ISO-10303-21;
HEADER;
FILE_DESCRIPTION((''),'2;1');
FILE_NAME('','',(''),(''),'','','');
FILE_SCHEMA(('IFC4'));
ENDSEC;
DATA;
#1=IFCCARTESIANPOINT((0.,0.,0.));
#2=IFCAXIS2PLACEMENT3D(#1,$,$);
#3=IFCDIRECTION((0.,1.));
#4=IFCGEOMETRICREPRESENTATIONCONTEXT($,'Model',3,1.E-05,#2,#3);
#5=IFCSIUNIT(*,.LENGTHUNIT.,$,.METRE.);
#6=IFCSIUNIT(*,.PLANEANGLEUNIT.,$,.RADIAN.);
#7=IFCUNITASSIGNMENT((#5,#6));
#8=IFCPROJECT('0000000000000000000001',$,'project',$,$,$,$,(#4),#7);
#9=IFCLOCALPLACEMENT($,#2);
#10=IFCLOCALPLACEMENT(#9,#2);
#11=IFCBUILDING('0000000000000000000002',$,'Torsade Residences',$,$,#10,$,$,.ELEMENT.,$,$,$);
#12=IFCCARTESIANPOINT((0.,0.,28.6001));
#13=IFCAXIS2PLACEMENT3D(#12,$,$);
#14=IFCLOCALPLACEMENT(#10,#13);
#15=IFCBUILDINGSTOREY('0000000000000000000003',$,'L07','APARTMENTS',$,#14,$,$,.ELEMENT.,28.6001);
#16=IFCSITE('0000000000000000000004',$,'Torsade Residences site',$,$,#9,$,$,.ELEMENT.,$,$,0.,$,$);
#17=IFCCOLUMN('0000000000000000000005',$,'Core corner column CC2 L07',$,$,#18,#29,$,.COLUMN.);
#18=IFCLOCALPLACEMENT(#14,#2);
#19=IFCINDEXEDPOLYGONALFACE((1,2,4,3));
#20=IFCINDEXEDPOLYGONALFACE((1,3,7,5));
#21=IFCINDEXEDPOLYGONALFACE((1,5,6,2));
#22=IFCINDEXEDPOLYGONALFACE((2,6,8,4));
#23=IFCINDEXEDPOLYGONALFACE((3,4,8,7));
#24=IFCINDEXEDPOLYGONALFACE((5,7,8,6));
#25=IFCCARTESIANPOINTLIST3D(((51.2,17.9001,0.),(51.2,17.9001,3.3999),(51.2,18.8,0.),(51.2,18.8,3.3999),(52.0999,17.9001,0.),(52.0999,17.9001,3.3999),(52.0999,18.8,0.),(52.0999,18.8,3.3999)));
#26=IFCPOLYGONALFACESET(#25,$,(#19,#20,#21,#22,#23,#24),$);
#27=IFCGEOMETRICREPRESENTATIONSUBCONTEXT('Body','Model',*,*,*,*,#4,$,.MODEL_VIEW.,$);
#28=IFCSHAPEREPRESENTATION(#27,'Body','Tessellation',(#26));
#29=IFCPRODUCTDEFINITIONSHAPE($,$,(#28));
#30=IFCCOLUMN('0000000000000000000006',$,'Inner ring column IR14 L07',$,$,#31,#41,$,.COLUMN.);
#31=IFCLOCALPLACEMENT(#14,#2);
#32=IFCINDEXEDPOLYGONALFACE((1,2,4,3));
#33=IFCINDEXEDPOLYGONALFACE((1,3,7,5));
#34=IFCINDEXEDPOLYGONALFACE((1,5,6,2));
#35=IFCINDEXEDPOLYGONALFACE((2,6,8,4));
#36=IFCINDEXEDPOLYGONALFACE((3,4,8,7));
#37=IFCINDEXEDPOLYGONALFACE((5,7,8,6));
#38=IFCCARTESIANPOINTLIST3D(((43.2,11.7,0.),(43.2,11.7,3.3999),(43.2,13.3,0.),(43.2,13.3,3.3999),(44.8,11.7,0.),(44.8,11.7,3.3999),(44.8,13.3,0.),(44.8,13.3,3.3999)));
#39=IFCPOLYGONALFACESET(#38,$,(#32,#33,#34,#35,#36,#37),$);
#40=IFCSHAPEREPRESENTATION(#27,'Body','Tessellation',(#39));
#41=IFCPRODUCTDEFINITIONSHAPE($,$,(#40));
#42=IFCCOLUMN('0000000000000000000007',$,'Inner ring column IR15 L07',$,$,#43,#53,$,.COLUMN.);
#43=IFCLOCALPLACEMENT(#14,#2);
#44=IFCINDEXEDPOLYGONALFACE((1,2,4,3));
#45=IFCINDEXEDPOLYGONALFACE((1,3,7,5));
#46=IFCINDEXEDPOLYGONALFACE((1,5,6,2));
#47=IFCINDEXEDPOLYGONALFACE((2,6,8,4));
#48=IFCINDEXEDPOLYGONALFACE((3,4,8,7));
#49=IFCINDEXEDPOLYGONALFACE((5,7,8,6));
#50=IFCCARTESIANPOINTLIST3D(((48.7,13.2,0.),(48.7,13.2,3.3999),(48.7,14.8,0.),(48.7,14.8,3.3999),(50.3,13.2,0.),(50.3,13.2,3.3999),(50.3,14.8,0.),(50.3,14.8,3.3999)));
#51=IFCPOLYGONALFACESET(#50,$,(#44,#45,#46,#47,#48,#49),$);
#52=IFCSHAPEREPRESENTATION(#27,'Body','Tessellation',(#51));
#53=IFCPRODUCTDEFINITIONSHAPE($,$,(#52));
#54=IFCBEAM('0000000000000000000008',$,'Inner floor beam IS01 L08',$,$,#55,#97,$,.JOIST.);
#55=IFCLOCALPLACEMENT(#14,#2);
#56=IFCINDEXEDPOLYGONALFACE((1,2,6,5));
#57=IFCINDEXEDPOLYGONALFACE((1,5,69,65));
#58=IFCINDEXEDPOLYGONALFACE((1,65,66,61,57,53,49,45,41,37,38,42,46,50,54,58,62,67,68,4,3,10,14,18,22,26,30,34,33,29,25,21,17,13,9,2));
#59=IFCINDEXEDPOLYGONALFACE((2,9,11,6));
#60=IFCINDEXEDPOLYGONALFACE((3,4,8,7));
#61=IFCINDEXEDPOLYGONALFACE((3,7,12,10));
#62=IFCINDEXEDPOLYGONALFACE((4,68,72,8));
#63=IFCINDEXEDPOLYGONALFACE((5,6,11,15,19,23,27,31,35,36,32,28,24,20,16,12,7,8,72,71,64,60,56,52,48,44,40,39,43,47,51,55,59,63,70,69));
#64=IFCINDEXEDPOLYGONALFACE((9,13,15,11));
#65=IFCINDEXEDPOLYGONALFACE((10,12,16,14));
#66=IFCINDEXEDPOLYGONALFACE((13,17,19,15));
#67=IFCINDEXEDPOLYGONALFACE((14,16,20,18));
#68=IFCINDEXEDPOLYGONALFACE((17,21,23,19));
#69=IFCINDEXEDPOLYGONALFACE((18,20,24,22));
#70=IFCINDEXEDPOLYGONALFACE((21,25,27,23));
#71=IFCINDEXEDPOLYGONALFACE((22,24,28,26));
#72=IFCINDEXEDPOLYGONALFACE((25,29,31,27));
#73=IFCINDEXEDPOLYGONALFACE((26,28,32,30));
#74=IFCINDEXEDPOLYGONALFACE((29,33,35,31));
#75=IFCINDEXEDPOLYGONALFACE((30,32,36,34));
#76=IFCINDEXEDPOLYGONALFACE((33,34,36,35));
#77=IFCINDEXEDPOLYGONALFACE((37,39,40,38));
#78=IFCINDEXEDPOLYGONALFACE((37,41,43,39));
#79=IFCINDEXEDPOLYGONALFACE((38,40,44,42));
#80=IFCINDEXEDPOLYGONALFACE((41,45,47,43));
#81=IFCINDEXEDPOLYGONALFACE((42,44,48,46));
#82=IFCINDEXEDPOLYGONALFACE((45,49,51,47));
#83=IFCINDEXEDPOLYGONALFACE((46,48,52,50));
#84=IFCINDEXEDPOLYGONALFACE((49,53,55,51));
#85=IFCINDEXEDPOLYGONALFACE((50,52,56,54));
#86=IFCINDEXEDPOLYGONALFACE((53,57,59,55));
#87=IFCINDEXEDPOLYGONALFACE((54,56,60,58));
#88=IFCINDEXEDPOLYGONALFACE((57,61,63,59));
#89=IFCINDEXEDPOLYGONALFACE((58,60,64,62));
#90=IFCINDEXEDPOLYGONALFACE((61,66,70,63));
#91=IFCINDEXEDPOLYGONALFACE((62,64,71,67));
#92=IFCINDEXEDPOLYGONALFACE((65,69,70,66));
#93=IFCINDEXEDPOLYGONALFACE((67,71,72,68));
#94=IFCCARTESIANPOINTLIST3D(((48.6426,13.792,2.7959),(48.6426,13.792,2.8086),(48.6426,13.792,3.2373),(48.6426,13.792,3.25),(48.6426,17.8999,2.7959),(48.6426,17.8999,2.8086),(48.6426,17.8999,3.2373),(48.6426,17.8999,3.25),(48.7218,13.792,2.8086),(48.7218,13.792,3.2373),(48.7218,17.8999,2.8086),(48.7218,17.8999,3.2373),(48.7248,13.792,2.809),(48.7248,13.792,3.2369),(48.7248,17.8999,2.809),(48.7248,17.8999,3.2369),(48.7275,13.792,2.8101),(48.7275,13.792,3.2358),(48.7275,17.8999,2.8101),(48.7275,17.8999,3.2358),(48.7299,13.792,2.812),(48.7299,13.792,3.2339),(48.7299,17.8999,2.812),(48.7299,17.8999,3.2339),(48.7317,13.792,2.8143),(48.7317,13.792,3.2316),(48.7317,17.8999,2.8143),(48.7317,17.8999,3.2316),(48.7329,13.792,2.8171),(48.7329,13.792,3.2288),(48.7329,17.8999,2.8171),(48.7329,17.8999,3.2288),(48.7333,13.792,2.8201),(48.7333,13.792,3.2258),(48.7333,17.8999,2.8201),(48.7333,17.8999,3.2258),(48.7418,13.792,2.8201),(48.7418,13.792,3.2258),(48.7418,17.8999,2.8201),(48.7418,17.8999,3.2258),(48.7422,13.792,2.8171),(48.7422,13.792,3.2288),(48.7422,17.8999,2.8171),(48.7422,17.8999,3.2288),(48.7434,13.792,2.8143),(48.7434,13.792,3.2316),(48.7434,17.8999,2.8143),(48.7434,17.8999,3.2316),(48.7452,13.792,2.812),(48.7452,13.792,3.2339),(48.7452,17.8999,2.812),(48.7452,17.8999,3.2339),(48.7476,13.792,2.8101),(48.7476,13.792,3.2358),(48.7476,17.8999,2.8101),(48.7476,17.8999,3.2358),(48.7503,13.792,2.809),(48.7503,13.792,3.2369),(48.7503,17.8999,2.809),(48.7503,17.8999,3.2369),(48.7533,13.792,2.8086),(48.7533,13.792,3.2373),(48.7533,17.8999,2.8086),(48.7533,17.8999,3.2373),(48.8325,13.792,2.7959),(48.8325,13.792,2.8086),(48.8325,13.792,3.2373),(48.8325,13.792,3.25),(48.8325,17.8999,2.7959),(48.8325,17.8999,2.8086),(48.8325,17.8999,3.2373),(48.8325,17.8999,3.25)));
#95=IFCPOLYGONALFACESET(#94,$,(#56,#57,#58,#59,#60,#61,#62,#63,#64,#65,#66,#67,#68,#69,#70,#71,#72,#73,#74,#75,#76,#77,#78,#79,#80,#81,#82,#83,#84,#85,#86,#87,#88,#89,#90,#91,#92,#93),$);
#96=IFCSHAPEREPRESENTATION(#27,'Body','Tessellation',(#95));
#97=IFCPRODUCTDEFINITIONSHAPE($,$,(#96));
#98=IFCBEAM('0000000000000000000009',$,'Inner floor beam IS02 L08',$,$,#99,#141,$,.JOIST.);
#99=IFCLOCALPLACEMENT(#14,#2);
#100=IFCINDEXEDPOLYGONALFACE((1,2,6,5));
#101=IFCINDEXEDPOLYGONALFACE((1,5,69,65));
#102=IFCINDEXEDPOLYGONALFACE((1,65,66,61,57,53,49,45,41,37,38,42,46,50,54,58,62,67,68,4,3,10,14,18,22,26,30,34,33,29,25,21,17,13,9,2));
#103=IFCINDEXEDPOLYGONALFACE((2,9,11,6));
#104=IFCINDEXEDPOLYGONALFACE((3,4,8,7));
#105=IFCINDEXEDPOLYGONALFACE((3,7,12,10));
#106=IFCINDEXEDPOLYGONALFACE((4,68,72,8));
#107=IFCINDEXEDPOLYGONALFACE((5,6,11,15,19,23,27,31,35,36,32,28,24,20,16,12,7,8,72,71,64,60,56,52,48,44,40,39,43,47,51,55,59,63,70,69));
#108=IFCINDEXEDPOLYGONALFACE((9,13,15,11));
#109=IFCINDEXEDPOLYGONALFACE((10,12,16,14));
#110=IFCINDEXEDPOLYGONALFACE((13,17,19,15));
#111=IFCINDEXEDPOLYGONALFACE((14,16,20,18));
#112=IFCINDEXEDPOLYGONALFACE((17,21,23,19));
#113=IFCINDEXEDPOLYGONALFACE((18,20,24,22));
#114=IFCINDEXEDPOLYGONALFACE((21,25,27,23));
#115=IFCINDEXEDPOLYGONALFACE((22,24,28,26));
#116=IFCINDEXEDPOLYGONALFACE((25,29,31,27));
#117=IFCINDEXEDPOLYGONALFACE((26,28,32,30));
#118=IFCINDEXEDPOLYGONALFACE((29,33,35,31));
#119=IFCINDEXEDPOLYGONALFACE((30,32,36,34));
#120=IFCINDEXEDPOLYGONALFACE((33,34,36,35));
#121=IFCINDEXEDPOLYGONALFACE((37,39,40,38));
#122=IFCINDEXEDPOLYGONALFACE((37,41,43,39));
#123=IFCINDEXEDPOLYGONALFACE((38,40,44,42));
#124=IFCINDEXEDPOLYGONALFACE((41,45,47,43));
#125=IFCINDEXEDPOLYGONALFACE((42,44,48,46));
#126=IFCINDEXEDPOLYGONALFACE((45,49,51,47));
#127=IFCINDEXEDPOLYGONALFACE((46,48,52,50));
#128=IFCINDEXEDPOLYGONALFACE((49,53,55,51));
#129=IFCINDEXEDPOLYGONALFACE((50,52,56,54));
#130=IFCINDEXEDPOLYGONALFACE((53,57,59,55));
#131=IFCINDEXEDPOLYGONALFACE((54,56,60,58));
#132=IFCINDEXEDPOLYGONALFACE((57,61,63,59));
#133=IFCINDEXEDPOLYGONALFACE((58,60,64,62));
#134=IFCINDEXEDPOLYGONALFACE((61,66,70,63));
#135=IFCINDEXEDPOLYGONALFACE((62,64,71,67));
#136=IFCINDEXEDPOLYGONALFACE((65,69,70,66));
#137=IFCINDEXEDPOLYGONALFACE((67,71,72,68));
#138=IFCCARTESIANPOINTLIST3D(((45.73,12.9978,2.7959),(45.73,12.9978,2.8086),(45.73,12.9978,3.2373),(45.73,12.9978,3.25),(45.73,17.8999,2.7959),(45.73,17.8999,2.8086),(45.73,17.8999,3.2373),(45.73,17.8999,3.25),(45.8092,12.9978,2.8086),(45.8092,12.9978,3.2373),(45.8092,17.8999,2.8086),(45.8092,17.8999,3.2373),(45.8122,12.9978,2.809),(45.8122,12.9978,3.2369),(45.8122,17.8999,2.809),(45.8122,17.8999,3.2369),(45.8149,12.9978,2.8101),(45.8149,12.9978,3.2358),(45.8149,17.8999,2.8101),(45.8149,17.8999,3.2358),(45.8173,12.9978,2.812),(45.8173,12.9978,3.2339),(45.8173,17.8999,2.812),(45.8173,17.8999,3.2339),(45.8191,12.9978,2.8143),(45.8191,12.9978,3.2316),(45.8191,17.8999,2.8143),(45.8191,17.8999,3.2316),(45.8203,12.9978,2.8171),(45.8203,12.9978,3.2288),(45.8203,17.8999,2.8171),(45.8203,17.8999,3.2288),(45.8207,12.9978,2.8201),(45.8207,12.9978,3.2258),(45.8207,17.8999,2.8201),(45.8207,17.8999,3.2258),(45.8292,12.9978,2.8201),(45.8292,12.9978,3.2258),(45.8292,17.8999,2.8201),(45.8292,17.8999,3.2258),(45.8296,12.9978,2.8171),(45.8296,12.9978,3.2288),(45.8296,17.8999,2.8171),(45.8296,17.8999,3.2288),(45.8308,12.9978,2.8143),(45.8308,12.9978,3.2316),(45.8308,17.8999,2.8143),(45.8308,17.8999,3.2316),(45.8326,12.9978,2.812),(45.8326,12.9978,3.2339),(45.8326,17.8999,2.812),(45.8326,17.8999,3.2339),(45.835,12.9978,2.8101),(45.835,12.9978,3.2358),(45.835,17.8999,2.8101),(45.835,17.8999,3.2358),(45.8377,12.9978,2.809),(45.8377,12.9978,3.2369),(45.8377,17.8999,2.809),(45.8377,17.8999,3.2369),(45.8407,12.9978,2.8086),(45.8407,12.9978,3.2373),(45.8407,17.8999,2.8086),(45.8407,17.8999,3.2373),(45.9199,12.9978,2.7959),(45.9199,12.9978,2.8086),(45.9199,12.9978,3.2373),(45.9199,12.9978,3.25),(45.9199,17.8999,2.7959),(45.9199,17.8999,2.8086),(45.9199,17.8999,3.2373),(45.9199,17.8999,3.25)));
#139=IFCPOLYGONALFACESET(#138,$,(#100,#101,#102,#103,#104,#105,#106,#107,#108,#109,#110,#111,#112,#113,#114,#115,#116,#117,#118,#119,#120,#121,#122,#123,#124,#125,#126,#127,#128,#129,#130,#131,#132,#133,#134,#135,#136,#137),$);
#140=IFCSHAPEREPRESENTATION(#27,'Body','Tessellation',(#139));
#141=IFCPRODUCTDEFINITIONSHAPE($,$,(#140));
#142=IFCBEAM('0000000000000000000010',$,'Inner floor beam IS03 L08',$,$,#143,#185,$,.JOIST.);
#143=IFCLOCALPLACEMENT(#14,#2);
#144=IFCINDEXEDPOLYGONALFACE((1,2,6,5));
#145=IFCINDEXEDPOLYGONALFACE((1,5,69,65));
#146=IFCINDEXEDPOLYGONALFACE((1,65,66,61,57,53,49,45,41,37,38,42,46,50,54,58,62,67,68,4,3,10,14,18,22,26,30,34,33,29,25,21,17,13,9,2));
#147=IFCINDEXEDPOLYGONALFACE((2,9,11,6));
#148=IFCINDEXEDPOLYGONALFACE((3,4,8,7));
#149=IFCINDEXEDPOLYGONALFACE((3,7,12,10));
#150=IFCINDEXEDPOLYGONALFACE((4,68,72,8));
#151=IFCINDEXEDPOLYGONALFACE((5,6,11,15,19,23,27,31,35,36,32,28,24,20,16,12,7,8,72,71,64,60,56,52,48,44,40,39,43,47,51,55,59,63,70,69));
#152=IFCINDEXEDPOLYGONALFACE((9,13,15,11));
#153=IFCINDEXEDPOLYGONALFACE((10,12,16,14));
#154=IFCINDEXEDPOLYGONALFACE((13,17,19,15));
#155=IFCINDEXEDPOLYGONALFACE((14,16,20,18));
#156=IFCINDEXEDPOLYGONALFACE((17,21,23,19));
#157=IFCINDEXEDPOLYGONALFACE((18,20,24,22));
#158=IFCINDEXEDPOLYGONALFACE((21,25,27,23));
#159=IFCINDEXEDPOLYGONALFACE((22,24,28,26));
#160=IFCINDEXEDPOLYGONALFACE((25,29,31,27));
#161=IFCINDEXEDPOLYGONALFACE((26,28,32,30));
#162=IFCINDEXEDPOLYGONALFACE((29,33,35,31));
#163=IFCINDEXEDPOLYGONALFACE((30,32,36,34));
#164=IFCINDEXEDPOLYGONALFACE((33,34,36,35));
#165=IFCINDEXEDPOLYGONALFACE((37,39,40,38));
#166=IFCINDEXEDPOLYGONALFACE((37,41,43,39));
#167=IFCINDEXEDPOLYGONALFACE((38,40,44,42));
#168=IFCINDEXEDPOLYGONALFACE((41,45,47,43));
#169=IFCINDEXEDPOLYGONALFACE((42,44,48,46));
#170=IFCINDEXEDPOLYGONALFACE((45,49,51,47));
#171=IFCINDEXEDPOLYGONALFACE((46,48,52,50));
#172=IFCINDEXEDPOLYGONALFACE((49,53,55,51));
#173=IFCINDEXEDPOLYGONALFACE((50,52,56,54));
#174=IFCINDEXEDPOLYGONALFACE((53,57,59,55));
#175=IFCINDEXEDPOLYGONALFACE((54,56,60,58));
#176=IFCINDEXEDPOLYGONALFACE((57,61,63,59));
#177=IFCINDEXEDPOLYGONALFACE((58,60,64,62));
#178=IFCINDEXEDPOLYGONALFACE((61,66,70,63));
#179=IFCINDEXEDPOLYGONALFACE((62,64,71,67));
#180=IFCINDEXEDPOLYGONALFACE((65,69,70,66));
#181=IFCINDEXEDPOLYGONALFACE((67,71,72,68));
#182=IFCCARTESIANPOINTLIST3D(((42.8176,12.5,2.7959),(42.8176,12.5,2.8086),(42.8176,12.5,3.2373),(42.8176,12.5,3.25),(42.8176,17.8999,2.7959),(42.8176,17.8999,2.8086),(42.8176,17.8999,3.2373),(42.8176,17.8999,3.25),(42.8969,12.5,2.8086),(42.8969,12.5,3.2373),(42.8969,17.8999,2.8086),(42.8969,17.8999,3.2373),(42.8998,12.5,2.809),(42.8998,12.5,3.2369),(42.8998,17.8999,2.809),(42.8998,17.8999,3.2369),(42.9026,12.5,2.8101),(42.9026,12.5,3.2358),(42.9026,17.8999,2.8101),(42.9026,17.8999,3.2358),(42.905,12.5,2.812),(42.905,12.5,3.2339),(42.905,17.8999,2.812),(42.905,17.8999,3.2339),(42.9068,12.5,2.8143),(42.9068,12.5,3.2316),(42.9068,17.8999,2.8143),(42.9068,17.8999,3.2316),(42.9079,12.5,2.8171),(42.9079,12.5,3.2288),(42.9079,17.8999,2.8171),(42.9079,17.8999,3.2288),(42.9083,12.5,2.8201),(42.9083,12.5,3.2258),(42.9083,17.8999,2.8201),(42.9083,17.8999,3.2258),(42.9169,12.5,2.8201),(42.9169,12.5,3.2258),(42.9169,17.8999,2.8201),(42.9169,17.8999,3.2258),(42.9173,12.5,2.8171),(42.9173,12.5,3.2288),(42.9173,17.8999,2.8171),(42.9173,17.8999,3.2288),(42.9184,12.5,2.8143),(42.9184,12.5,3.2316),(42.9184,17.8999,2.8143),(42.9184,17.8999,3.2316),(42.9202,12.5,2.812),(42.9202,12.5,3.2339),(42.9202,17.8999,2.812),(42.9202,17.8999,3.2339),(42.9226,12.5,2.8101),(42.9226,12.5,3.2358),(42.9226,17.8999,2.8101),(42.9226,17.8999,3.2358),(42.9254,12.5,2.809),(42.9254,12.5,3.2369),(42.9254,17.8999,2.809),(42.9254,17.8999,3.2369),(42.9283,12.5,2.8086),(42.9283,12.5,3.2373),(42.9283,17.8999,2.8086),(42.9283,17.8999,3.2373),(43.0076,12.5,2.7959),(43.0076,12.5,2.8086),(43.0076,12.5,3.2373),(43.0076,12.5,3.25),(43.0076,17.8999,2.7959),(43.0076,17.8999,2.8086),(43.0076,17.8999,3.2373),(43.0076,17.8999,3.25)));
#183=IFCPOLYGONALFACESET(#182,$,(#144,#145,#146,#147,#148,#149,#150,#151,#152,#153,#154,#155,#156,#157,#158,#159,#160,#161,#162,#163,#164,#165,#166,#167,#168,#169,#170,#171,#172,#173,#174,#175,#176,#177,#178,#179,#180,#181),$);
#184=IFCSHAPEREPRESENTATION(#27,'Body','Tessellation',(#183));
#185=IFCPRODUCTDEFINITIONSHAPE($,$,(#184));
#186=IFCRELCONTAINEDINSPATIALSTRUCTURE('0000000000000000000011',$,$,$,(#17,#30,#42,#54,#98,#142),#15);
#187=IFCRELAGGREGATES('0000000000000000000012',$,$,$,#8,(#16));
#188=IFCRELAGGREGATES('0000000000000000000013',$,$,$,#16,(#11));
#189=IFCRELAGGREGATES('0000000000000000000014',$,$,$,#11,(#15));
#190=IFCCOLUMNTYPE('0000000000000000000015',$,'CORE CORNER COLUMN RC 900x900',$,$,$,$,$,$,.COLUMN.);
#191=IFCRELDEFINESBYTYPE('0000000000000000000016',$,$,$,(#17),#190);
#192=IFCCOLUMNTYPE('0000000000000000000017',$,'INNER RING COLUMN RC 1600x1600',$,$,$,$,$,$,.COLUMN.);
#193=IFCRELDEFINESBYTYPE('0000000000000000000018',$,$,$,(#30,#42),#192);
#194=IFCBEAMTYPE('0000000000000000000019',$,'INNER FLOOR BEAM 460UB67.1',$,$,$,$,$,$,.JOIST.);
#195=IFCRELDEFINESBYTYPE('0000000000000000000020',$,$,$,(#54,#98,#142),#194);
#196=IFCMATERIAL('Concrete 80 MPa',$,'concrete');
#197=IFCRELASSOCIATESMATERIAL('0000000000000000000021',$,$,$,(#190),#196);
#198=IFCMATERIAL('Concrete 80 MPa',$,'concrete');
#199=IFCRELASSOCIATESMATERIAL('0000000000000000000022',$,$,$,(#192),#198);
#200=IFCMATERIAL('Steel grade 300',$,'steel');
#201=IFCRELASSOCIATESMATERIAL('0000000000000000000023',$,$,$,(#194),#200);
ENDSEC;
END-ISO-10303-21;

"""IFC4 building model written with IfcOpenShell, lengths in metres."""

from ifc_helpers import new_model, si_unit, direction, frame, origin, origin_2d, place, context, subcontext, project, spatial, rectangle, i_section, extrude, material, material_profile, profile_set, type_object, element, save


model = new_model("IFC4")

# Units and contexts
model_context = context("Model", 3, precision=1e-05, world=origin(), true_north=direction((0.0, 1.0)))
body_context = subcontext(model_context, "Body", "Model", "MODEL_VIEW")
ifc_project = project(units=[si_unit("LENGTHUNIT", "METRE"), si_unit("PLANEANGLEUNIT", "RADIAN")], contexts=[model_context])

# Site, building, storey
site_placement = place(None, origin())
site = spatial("IfcSite", under=ifc_project, at=site_placement, Name="Torsade Residences site", CompositionType="ELEMENT", RefElevation=0.0)
building_placement = place(site_placement, origin())
building = spatial("IfcBuilding", under=site, at=building_placement, Name="Torsade Residences", CompositionType="ELEMENT")
storey_placement = place(building_placement, frame((0.0, 0.0, 28.6001)))
storey = spatial("IfcBuildingStorey", under=building, at=storey_placement, Name="L07", Description="APARTMENTS", CompositionType="ELEMENT", Elevation=28.6001)

# Columns
ifc_material_1 = material(Name="Concrete 80 MPa", Category="concrete")
ifc_material_profile_1 = material_profile(ifc_material_1, rectangle(XDim=0.8999, YDim=0.8999, at=origin_2d()), Name="RC 900x900")
ifc_profile_set_1 = profile_set([ifc_material_profile_1], Name="Concrete 80 MPa")
column_type_1 = type_object("IfcColumnType", Name="CORE CORNER COLUMN RC 900x900", PredefinedType="COLUMN", material=ifc_profile_set_1)
column_placement = place(storey_placement, frame((51.6499, 18.3501, 0.0), z_axis=(0.0, 0.0, 1.0), x_axis=(1.0, 0.0, 0.0)))
element("IfcColumn", 1, at=column_placement, inside=storey, type_object=column_type_1, Name="Core corner column CC2 L07", PredefinedType="COLUMN", context=body_context, shape_type="SweptSolid", body=[
    extrude(rectangle(XDim=0.8999, YDim=0.8999, at=origin_2d()), origin(), (0.0, 0.0, 1.0), 3.3999),
])
ifc_material_2 = material(Name="Concrete 80 MPa", Category="concrete")
ifc_material_profile_2 = material_profile(ifc_material_2, rectangle(XDim=1.6001, YDim=1.6001, at=origin_2d()), Name="RC 1600x1600")
ifc_profile_set_2 = profile_set([ifc_material_profile_2], Name="Concrete 80 MPa")
column_type_2 = type_object("IfcColumnType", Name="INNER RING COLUMN RC 1600x1600", PredefinedType="COLUMN", material=ifc_profile_set_2)
for number, where, z_axis, x_axis, name in (
    (2, (44.0, 12.5, 0.0), (0.0, 0.0, 1.0), (1.0, 0.0, 0.0), "Inner ring column IR14 L07"),
    (3, (49.5, 14.0, 0.0), (0.0, 0.0, 1.0), (1.0, 0.0, 0.0), "Inner ring column IR15 L07"),
):
    element("IfcColumn", number, at=place(storey_placement, frame(where, z_axis=z_axis, x_axis=x_axis)), inside=storey, type_object=column_type_2, Name=name, PredefinedType="COLUMN", context=body_context, shape_type="SweptSolid", body=[
        extrude(rectangle(XDim=1.6001, YDim=1.6001, at=origin_2d()), origin(), (0.0, 0.0, 1.0), 3.3999),
    ])

# Beams
ifc_material_3 = material(Name="Steel grade 300", Category="steel")
ifc_material_profile_3 = material_profile(ifc_material_3, i_section(OverallWidth=0.1899, OverallDepth=0.4541, WebThickness=0.0085, FlangeThickness=0.0127, FilletRadius=0.0115, at=origin_2d()), Name="460UB67.1")
ifc_profile_set_3 = profile_set([ifc_material_profile_3], Name="Steel grade 300")
beam_type_1 = type_object("IfcBeamType", Name="INNER FLOOR BEAM 460UB67.1", PredefinedType="JOIST", material=ifc_profile_set_3)
beam_1_placement = place(storey_placement, frame((48.7375, 17.8999, 3.0229), z_axis=(0.0, -1.0, 0.0), x_axis=(1.0, 0.0, 0.0)))
element("IfcBeam", 4, at=beam_1_placement, inside=storey, type_object=beam_type_1, Name="Inner floor beam IS01 L08", PredefinedType="JOIST", context=body_context, shape_type="SweptSolid", body=[
    extrude(i_section(OverallWidth=0.1899, OverallDepth=0.4541, WebThickness=0.0085, FlangeThickness=0.0127, FilletRadius=0.0115, at=origin_2d()), origin(), (0.0, 0.0, 1.0), 4.1079),
])
beam_2_placement = place(storey_placement, frame((45.825, 17.8999, 3.0229), z_axis=(0.0, -1.0, 0.0), x_axis=(1.0, 0.0, 0.0)))
element("IfcBeam", 5, at=beam_2_placement, inside=storey, type_object=beam_type_1, Name="Inner floor beam IS02 L08", PredefinedType="JOIST", context=body_context, shape_type="SweptSolid", body=[
    extrude(i_section(OverallWidth=0.1899, OverallDepth=0.4541, WebThickness=0.0085, FlangeThickness=0.0127, FilletRadius=0.0115, at=origin_2d()), origin(), (0.0, 0.0, 1.0), 4.9021),
])
for number, where, z_axis, x_axis, name in (
    (6, (42.9126, 17.8999, 3.0229), (0.0, -1.0, 0.0), (1.0, 0.0, 0.0), "Inner floor beam IS03 L08"),
):
    element("IfcBeam", number, at=place(storey_placement, frame(where, z_axis=z_axis, x_axis=x_axis)), inside=storey, type_object=beam_type_1, Name=name, PredefinedType="JOIST", context=body_context, shape_type="SweptSolid", body=[
        extrude(i_section(OverallWidth=0.1899, OverallDepth=0.4541, WebThickness=0.0085, FlangeThickness=0.0127, FilletRadius=0.0115, at=origin_2d()), origin(), (0.0, 0.0, 1.0), 5.3999),
    ])

save(model, "model.ifc")
